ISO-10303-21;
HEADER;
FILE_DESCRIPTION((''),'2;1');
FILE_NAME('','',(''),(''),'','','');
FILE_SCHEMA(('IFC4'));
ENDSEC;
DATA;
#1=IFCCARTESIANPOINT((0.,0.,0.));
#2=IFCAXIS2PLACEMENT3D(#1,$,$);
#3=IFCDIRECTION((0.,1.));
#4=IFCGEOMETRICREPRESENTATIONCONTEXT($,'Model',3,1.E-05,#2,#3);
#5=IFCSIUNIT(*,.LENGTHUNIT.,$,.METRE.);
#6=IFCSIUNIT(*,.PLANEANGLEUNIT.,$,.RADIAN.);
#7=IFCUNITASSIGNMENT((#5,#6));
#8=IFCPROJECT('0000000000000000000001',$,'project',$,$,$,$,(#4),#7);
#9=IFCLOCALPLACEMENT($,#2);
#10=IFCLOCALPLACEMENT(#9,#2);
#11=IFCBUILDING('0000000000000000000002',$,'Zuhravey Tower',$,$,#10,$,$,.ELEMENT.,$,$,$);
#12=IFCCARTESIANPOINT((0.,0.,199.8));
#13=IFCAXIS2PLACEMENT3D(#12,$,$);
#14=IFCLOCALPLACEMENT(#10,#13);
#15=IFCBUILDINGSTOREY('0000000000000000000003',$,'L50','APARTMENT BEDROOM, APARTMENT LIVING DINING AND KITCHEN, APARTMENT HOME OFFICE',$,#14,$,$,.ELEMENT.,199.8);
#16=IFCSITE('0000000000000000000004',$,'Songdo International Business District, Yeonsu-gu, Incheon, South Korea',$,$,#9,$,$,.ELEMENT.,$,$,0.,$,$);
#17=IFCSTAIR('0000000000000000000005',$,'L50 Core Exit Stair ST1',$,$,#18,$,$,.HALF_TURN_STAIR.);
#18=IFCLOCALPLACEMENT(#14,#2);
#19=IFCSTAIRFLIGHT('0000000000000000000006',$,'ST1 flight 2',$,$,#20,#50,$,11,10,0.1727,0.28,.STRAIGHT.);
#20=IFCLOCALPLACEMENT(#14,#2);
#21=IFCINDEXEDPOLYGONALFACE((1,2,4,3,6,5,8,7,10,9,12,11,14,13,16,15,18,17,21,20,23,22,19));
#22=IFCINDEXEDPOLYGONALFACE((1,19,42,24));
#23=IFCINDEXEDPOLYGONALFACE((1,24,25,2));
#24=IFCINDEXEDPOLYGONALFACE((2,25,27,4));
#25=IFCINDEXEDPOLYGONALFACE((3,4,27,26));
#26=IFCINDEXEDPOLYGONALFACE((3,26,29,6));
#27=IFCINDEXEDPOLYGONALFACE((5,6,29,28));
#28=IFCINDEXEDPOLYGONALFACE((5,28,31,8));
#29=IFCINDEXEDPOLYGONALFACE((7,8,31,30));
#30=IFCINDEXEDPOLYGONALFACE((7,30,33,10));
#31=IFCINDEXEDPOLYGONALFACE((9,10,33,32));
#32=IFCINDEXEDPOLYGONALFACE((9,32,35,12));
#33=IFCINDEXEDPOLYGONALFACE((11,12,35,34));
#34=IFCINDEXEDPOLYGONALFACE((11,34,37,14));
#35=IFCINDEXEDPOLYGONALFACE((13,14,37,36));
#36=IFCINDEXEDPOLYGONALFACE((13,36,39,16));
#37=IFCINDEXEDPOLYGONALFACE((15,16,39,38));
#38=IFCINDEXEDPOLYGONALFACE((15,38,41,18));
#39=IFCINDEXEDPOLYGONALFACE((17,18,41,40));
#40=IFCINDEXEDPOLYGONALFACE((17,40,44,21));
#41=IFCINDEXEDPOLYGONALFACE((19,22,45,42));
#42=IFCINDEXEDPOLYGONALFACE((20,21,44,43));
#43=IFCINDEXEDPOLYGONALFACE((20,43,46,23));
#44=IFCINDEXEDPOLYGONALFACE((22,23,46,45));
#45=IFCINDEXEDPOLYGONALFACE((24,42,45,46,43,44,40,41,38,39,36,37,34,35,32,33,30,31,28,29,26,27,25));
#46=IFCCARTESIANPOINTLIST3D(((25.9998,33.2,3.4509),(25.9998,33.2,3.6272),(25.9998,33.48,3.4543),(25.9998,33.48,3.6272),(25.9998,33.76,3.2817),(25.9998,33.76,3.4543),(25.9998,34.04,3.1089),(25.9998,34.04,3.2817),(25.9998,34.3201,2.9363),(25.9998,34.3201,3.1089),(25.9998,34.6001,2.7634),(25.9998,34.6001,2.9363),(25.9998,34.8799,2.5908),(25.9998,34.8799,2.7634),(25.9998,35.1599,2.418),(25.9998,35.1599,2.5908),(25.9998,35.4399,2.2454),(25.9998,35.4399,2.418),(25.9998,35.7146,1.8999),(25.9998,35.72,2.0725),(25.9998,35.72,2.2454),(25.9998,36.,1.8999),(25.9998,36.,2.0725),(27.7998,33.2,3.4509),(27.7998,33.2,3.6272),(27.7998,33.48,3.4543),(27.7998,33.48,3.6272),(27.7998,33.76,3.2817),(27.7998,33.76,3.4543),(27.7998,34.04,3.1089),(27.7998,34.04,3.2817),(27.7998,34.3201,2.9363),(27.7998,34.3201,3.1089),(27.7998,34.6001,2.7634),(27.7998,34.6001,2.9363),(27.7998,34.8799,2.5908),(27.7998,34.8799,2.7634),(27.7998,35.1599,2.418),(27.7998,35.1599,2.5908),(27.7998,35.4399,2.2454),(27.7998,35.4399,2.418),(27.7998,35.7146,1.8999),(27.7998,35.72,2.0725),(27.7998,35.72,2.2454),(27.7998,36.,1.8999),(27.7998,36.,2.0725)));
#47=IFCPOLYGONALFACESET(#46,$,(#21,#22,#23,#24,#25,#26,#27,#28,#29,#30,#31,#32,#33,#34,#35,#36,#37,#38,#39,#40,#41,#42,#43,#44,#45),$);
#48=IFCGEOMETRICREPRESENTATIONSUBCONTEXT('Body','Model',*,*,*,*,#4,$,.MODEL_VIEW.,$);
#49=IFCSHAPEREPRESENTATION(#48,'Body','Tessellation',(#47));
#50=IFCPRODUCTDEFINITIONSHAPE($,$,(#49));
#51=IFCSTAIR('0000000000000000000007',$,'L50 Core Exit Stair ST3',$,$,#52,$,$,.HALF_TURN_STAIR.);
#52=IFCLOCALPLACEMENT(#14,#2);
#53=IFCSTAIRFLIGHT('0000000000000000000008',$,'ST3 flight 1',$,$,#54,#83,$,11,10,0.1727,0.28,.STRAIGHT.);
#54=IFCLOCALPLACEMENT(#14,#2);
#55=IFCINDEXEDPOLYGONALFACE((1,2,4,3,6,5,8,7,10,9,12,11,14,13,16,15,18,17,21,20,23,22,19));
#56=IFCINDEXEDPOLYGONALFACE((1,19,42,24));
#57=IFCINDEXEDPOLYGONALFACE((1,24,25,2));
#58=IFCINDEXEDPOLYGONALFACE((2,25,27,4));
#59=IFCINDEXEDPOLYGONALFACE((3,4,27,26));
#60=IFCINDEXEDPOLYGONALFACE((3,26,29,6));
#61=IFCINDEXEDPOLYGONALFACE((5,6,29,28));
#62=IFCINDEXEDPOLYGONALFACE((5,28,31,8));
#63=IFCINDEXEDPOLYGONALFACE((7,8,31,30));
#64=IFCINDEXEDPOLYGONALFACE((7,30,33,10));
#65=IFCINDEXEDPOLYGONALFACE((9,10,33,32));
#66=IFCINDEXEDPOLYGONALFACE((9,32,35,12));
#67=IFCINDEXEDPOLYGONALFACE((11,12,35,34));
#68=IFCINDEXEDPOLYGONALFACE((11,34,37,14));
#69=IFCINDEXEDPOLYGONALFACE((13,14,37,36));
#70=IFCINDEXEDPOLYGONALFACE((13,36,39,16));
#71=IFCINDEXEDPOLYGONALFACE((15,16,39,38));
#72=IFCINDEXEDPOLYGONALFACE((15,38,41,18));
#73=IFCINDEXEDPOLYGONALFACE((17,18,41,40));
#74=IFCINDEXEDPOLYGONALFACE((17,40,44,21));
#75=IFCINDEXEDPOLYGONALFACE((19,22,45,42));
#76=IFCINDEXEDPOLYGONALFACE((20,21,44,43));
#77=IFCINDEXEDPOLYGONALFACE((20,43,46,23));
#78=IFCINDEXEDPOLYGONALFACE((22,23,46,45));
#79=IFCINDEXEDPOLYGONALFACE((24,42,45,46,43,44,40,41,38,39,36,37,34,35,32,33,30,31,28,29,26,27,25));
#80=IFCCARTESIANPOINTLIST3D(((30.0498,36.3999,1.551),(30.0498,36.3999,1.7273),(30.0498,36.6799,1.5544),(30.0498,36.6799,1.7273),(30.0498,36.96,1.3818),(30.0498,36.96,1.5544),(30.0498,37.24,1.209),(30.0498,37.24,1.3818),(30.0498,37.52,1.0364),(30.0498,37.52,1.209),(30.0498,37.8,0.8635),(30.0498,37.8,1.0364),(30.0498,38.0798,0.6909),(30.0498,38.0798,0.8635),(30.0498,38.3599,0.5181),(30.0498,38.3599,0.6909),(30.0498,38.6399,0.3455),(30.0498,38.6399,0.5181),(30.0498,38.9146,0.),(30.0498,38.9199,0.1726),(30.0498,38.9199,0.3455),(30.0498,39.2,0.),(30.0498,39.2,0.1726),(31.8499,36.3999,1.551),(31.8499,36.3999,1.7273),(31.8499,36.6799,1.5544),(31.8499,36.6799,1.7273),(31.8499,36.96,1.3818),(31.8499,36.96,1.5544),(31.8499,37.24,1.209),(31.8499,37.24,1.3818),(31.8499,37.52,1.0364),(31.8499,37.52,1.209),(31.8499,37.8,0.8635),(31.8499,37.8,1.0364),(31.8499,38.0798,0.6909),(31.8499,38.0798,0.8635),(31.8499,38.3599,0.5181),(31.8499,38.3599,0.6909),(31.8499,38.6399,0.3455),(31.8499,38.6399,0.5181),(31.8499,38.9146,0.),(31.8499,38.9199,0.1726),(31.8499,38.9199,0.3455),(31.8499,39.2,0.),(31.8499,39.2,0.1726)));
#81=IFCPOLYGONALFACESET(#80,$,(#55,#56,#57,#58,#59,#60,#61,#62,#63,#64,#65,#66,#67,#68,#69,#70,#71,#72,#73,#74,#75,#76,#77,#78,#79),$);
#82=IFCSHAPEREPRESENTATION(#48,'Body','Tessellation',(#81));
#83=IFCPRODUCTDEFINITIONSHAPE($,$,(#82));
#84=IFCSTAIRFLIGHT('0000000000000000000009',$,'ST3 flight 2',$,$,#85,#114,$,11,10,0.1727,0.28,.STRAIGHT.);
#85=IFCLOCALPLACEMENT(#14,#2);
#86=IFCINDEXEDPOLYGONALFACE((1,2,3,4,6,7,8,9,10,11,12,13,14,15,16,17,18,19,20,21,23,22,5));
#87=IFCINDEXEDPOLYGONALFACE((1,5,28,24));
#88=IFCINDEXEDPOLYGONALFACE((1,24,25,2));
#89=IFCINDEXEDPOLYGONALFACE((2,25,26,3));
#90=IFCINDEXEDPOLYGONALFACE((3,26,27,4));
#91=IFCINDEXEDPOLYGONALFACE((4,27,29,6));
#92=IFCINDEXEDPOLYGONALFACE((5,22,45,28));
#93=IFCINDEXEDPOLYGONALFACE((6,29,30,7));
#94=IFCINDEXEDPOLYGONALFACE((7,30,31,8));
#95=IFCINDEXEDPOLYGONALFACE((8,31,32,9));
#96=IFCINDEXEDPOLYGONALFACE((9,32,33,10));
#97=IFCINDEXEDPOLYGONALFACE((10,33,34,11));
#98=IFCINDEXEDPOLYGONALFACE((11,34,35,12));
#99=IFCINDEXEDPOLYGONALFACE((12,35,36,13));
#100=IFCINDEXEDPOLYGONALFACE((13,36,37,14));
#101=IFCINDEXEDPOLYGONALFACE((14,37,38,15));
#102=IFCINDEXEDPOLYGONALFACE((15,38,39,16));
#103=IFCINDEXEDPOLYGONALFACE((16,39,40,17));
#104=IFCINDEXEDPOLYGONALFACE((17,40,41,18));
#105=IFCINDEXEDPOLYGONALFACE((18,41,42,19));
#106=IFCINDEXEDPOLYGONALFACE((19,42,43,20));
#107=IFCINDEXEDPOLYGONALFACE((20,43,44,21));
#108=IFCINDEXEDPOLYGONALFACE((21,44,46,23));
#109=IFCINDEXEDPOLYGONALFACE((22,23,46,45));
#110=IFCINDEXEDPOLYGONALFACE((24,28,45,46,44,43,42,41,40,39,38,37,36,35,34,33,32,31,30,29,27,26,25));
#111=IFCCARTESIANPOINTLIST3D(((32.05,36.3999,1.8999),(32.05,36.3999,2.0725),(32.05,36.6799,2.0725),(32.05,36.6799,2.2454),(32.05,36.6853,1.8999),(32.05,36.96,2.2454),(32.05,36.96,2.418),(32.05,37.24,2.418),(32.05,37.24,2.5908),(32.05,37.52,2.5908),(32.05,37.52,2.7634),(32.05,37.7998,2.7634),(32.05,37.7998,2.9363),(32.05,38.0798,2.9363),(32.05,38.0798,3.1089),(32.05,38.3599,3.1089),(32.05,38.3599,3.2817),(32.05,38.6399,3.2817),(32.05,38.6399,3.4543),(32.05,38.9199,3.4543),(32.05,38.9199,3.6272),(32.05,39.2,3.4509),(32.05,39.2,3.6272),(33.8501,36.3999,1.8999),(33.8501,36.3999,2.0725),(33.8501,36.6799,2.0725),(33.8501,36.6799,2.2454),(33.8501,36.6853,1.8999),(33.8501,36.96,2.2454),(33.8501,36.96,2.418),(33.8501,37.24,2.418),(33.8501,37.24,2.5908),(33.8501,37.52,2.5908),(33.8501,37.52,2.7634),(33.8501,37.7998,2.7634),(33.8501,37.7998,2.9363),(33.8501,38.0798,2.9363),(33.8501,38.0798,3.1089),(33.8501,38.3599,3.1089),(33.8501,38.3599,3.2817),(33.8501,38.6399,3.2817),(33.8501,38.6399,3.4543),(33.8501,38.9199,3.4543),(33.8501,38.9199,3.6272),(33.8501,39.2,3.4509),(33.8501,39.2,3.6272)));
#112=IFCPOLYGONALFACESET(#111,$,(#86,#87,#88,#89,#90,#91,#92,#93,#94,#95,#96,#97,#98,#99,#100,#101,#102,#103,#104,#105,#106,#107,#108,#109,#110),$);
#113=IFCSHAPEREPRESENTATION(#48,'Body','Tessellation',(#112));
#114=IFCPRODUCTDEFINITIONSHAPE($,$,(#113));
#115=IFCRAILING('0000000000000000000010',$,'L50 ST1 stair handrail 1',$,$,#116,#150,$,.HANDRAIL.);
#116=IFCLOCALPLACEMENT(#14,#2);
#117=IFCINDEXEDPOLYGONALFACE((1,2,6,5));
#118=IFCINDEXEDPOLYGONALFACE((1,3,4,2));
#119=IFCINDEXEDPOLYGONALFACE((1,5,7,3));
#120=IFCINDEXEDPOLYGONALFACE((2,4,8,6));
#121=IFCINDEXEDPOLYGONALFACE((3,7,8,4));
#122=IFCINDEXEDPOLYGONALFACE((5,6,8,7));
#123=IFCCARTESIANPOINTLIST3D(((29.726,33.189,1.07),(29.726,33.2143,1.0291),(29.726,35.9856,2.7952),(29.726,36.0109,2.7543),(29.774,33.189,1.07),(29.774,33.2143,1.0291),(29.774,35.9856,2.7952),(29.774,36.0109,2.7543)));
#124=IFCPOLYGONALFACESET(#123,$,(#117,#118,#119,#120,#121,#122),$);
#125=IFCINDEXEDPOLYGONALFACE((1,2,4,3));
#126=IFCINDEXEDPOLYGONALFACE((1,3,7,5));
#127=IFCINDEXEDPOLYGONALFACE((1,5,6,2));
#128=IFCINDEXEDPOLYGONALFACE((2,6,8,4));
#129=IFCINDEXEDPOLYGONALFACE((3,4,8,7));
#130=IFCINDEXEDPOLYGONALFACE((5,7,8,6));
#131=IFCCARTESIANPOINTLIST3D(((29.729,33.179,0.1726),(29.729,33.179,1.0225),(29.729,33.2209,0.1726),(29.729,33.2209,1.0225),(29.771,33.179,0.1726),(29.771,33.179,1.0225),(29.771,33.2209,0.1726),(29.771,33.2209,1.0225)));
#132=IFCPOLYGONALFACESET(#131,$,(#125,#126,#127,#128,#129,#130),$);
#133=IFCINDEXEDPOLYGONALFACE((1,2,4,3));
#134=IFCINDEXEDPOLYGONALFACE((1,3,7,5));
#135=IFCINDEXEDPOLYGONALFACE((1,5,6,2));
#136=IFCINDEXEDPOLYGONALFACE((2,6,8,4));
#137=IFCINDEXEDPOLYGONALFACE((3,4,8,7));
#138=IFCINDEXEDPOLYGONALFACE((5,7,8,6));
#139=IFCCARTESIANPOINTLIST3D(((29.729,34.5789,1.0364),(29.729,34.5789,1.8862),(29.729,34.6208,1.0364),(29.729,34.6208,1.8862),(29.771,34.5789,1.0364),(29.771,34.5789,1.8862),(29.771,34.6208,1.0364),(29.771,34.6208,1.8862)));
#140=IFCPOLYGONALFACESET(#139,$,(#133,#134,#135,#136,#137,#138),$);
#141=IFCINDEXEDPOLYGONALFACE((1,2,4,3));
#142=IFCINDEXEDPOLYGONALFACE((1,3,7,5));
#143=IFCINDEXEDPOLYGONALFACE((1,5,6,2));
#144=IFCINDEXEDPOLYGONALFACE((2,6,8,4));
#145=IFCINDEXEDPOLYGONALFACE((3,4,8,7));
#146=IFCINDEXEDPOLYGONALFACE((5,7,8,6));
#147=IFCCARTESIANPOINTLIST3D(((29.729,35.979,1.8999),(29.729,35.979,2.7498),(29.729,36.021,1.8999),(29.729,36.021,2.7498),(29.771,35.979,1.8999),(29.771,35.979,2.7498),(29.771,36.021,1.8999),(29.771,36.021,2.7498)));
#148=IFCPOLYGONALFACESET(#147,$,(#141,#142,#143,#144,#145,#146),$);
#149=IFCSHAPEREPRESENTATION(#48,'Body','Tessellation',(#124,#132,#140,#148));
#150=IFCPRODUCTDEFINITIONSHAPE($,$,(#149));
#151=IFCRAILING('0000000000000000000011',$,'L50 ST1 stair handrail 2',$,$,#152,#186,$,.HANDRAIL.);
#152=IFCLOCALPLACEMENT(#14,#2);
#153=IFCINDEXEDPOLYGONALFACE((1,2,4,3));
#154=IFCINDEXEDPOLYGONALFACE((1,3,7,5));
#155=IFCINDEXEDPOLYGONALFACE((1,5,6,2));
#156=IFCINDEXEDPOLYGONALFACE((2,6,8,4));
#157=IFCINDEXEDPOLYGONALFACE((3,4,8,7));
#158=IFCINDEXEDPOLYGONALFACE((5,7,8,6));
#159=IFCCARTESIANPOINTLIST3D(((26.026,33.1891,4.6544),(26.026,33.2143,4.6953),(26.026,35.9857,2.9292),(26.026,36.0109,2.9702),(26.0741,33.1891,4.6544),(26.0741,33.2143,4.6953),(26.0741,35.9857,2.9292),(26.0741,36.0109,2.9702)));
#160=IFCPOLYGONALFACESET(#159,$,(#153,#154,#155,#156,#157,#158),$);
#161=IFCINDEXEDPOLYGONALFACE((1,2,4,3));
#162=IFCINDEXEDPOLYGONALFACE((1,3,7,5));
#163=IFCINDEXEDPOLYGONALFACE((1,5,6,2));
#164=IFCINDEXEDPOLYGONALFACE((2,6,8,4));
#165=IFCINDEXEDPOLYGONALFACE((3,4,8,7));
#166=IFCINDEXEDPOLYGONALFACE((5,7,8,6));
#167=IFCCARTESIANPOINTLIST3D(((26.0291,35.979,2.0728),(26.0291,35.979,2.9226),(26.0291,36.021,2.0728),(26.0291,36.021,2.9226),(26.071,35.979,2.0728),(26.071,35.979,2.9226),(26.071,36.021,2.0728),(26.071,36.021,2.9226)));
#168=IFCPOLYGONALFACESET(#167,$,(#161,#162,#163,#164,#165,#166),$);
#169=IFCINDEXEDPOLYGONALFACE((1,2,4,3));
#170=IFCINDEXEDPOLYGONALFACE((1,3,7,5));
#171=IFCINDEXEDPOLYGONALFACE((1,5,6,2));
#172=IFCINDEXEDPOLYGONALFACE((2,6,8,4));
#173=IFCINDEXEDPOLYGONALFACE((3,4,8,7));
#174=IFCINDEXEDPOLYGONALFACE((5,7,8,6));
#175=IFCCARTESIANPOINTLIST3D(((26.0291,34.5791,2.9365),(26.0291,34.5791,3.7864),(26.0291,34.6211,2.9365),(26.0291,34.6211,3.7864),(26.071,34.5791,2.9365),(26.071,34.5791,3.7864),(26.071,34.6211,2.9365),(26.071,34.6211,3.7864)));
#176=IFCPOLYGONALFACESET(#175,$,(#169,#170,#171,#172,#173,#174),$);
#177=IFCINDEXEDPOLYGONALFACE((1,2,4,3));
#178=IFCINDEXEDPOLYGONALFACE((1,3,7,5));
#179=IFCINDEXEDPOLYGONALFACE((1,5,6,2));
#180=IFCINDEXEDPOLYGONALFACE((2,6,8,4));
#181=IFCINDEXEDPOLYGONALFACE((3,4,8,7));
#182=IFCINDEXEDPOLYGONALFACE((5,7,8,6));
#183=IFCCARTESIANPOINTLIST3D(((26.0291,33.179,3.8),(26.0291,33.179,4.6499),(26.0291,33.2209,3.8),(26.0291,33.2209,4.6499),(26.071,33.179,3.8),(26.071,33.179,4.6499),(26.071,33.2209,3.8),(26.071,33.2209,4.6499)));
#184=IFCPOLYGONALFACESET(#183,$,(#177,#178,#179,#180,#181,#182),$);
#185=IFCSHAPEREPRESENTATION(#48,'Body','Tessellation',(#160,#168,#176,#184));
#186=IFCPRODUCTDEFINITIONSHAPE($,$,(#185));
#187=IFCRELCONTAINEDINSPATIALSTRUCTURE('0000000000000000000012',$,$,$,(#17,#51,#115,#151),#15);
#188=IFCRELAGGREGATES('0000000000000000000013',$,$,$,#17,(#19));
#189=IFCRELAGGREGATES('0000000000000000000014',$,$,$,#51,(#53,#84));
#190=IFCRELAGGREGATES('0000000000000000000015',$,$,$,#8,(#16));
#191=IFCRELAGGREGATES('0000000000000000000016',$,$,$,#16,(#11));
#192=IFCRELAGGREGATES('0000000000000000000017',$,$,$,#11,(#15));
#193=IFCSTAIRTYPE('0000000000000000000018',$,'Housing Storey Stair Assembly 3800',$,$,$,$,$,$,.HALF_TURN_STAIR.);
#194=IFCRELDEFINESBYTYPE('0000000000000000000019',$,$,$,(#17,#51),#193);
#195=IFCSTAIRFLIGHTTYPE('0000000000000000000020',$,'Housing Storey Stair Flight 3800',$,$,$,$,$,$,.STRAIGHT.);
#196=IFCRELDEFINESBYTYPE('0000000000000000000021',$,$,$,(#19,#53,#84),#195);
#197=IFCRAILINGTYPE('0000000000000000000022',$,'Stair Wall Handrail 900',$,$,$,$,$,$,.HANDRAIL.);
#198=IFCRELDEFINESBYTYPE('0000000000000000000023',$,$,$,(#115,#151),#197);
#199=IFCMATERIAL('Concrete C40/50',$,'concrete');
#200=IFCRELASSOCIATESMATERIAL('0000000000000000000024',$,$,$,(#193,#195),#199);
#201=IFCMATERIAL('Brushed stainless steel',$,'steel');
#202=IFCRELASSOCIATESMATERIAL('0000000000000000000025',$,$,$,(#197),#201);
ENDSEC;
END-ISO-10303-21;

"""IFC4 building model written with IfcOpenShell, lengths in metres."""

from ifc_helpers import new_model, si_unit, direction, frame, origin, origin_2d, place, context, subcontext, project, spatial, polyline, rectangle, outline, extrude, material, type_object, element, aggregate, save


model = new_model("IFC4")

# Units and contexts
model_context = context("Model", 3, precision=1e-05, world=origin(), true_north=direction((0.0, 1.0)))
body_context = subcontext(model_context, "Body", "Model", "MODEL_VIEW")
ifc_project = project(units=[si_unit("LENGTHUNIT", "METRE"), si_unit("PLANEANGLEUNIT", "RADIAN")], contexts=[model_context])

# Site, building, storey
site_placement = place(None, origin())
site = spatial("IfcSite", under=ifc_project, at=site_placement, Name="Songdo International Business District, Yeonsu-gu, Incheon, South Korea", CompositionType="ELEMENT", RefElevation=0.0)
building_placement = place(site_placement, origin())
building = spatial("IfcBuilding", under=site, at=building_placement, Name="Zuhravey Tower", CompositionType="ELEMENT")
storey_placement = place(building_placement, frame((0.0, 0.0, 199.8)))
storey = spatial("IfcBuildingStorey", under=building, at=storey_placement, Name="L50", Description="APARTMENT BEDROOM, APARTMENT LIVING DINING AND KITCHEN, APARTMENT HOME OFFICE", CompositionType="ELEMENT", Elevation=199.8)

# Stairs, stair flights
ifc_material_1 = material(Name="Concrete C40/50", Category="concrete")
stair_type = type_object("IfcStairType", Name="Housing Storey Stair Assembly 3800", PredefinedType="HALF_TURN_STAIR", material=ifc_material_1)
stair_1_placement = place(storey_placement, origin())
stair_1 = element("IfcStair", 1, at=stair_1_placement, inside=storey, type_object=stair_type, Name="L50 Core Exit Stair ST1", PredefinedType="HALF_TURN_STAIR")
stair_flight_type = type_object("IfcStairFlightType", Name="Housing Storey Stair Flight 3800", PredefinedType="STRAIGHT", material=ifc_material_1)
stair_flight_1_placement = place(storey_placement, frame((26.8999, 36.0, 1.8999), z_axis=(0.0, 0.0, 1.0), x_axis=(0.0, -1.0, 0.0)))
stair_flight_1 = element("IfcStairFlight", 2, at=stair_flight_1_placement, type_object=stair_flight_type, Name="ST1 flight 2", NumberOfRisers=11, NumberOfTreads=10, PredefinedType="STRAIGHT", RiserHeight=0.1727, TreadLength=0.28, context=body_context, shape_type="SweptSolid", body=[
    extrude(outline(polyline([(0.0, 0.0), (0.0, 0.1726), (0.28, 0.1726), (0.28, 0.3455), (0.5601, 0.3455), (0.5601, 0.5181), (0.8401, 0.5181), (0.8401, 0.6909), (1.1201, 0.6909), (1.1201, 0.8635), (1.3999, 0.8635), (1.3999, 1.0364), (1.6799, 1.0364), (1.6799, 1.209), (1.96, 1.209), (1.96, 1.3818), (2.24, 1.3818), (2.24, 1.5544), (2.52, 1.5544), (2.52, 1.7273), (2.8, 1.7273), (2.8, 1.8999), (2.8, 1.551), (0.2854, 0.0), (0.0, 0.0)])), frame((0.0, 0.8999, 0.0), z_axis=(0.0, -1.0, 0.0), x_axis=(1.0, 0.0, 0.0)), (0.0, 0.0, 1.0), 1.8),
])
aggregate(stair_1, [stair_flight_1])
stair_2_placement = place(storey_placement, origin())
stair_2 = element("IfcStair", 3, at=stair_2_placement, inside=storey, type_object=stair_type, Name="L50 Core Exit Stair ST3", PredefinedType="HALF_TURN_STAIR")
stair_flight_2_placement = place(storey_placement, frame((30.95, 39.2, 0.0), z_axis=(0.0, 0.0, 1.0), x_axis=(0.0, -1.0, 0.0)))
stair_flight_2 = element("IfcStairFlight", 4, at=stair_flight_2_placement, type_object=stair_flight_type, Name="ST3 flight 1", NumberOfRisers=11, NumberOfTreads=10, PredefinedType="STRAIGHT", RiserHeight=0.1727, TreadLength=0.28, context=body_context, shape_type="SweptSolid", body=[
    extrude(outline(polyline([(0.0, 0.0), (0.0, 0.1726), (0.28, 0.1726), (0.28, 0.3455), (0.5601, 0.3455), (0.5601, 0.5181), (0.8401, 0.5181), (0.8401, 0.6909), (1.1201, 0.6909), (1.1201, 0.8635), (1.3999, 0.8635), (1.3999, 1.0364), (1.6799, 1.0364), (1.6799, 1.209), (1.96, 1.209), (1.96, 1.3818), (2.24, 1.3818), (2.24, 1.5544), (2.52, 1.5544), (2.52, 1.7273), (2.8, 1.7273), (2.8, 1.8999), (2.8, 1.551), (0.2854, 0.0), (0.0, 0.0)])), frame((0.0, 0.8999, 0.0), z_axis=(0.0, -1.0, 0.0), x_axis=(1.0, 0.0, 0.0)), (0.0, 0.0, 1.0), 1.8),
])
stair_flight_3_placement = place(storey_placement, frame((32.95, 36.3999, 1.8999), z_axis=(0.0, 0.0, 1.0), x_axis=(0.0, 1.0, 0.0)))
stair_flight_3 = element("IfcStairFlight", 5, at=stair_flight_3_placement, type_object=stair_flight_type, Name="ST3 flight 2", NumberOfRisers=11, NumberOfTreads=10, PredefinedType="STRAIGHT", RiserHeight=0.1727, TreadLength=0.28, context=body_context, shape_type="SweptSolid", body=[
    extrude(outline(polyline([(0.0, 0.0), (0.0, 0.1726), (0.28, 0.1726), (0.28, 0.3455), (0.5601, 0.3455), (0.5601, 0.5181), (0.8401, 0.5181), (0.8401, 0.6909), (1.1201, 0.6909), (1.1201, 0.8635), (1.3999, 0.8635), (1.3999, 1.0364), (1.6799, 1.0364), (1.6799, 1.209), (1.96, 1.209), (1.96, 1.3818), (2.24, 1.3818), (2.24, 1.5544), (2.52, 1.5544), (2.52, 1.7273), (2.8, 1.7273), (2.8, 1.8999), (2.8, 1.551), (0.2854, 0.0), (0.0, 0.0)])), frame((0.0, 0.8999, 0.0), z_axis=(0.0, -1.0, 0.0), x_axis=(1.0, 0.0, 0.0)), (0.0, 0.0, 1.0), 1.8),
])
aggregate(stair_2, [stair_flight_2, stair_flight_3])

# Railings
ifc_material_2 = material(Name="Brushed stainless steel", Category="steel")
railing_type_1 = type_object("IfcRailingType", Name="Stair Wall Handrail 900", PredefinedType="HANDRAIL", material=ifc_material_2)
railing_1_placement = place(storey_placement, frame((29.75, 33.2, 0.1726)))
element("IfcRailing", 6, at=railing_1_placement, inside=storey, type_object=railing_type_1, Name="L50 ST1 stair handrail 1", PredefinedType="HANDRAIL", context=body_context, shape_type="SweptSolid", body=[
    extrude(rectangle(XDim=0.0481, YDim=0.0481, at=origin_2d()), frame((0.0, 0.0017, 0.877), z_axis=(0.0, 0.85109, 0.52502), x_axis=(-1.0, 0.0, 0.0)), (0.0, 0.0, 1.0), 3.2859),
    extrude(rectangle(XDim=0.042, YDim=0.042, at=origin_2d()), origin(), (0.0, 0.0, 1.0), 0.8499),
    extrude(rectangle(XDim=0.042, YDim=0.042, at=origin_2d()), frame((0.0, 1.3999, 0.8638)), (0.0, 0.0, 1.0), 0.8499),
    extrude(rectangle(XDim=0.042, YDim=0.042, at=origin_2d()), frame((0.0, 2.8, 1.7273)), (0.0, 0.0, 1.0), 0.8499),
])
for number, where, name in (
    (7, (26.05, 36.0, 2.0728), "L50 ST1 stair handrail 2"),
):
    element("IfcRailing", number, at=place(storey_placement, frame(where)), inside=storey, type_object=railing_type_1, Name=name, PredefinedType="HANDRAIL", context=body_context, shape_type="SweptSolid", body=[
        extrude(rectangle(XDim=0.0481, YDim=0.0481, at=origin_2d()), frame((0.0, -0.0017, 0.877), z_axis=(0.0, -0.85109, 0.52502), x_axis=(1.0, 0.0, 0.0)), (0.0, 0.0, 1.0), 3.2859),
        extrude(rectangle(XDim=0.042, YDim=0.042, at=origin_2d()), origin(), (0.0, 0.0, 1.0), 0.8499),
        extrude(rectangle(XDim=0.042, YDim=0.042, at=origin_2d()), frame((0.0, -1.3999, 0.8638)), (0.0, 0.0, 1.0), 0.8499),
        extrude(rectangle(XDim=0.042, YDim=0.042, at=origin_2d()), frame((0.0, -2.8, 1.7273)), (0.0, 0.0, 1.0), 0.8499),
    ])

save(model, "model.ifc")
